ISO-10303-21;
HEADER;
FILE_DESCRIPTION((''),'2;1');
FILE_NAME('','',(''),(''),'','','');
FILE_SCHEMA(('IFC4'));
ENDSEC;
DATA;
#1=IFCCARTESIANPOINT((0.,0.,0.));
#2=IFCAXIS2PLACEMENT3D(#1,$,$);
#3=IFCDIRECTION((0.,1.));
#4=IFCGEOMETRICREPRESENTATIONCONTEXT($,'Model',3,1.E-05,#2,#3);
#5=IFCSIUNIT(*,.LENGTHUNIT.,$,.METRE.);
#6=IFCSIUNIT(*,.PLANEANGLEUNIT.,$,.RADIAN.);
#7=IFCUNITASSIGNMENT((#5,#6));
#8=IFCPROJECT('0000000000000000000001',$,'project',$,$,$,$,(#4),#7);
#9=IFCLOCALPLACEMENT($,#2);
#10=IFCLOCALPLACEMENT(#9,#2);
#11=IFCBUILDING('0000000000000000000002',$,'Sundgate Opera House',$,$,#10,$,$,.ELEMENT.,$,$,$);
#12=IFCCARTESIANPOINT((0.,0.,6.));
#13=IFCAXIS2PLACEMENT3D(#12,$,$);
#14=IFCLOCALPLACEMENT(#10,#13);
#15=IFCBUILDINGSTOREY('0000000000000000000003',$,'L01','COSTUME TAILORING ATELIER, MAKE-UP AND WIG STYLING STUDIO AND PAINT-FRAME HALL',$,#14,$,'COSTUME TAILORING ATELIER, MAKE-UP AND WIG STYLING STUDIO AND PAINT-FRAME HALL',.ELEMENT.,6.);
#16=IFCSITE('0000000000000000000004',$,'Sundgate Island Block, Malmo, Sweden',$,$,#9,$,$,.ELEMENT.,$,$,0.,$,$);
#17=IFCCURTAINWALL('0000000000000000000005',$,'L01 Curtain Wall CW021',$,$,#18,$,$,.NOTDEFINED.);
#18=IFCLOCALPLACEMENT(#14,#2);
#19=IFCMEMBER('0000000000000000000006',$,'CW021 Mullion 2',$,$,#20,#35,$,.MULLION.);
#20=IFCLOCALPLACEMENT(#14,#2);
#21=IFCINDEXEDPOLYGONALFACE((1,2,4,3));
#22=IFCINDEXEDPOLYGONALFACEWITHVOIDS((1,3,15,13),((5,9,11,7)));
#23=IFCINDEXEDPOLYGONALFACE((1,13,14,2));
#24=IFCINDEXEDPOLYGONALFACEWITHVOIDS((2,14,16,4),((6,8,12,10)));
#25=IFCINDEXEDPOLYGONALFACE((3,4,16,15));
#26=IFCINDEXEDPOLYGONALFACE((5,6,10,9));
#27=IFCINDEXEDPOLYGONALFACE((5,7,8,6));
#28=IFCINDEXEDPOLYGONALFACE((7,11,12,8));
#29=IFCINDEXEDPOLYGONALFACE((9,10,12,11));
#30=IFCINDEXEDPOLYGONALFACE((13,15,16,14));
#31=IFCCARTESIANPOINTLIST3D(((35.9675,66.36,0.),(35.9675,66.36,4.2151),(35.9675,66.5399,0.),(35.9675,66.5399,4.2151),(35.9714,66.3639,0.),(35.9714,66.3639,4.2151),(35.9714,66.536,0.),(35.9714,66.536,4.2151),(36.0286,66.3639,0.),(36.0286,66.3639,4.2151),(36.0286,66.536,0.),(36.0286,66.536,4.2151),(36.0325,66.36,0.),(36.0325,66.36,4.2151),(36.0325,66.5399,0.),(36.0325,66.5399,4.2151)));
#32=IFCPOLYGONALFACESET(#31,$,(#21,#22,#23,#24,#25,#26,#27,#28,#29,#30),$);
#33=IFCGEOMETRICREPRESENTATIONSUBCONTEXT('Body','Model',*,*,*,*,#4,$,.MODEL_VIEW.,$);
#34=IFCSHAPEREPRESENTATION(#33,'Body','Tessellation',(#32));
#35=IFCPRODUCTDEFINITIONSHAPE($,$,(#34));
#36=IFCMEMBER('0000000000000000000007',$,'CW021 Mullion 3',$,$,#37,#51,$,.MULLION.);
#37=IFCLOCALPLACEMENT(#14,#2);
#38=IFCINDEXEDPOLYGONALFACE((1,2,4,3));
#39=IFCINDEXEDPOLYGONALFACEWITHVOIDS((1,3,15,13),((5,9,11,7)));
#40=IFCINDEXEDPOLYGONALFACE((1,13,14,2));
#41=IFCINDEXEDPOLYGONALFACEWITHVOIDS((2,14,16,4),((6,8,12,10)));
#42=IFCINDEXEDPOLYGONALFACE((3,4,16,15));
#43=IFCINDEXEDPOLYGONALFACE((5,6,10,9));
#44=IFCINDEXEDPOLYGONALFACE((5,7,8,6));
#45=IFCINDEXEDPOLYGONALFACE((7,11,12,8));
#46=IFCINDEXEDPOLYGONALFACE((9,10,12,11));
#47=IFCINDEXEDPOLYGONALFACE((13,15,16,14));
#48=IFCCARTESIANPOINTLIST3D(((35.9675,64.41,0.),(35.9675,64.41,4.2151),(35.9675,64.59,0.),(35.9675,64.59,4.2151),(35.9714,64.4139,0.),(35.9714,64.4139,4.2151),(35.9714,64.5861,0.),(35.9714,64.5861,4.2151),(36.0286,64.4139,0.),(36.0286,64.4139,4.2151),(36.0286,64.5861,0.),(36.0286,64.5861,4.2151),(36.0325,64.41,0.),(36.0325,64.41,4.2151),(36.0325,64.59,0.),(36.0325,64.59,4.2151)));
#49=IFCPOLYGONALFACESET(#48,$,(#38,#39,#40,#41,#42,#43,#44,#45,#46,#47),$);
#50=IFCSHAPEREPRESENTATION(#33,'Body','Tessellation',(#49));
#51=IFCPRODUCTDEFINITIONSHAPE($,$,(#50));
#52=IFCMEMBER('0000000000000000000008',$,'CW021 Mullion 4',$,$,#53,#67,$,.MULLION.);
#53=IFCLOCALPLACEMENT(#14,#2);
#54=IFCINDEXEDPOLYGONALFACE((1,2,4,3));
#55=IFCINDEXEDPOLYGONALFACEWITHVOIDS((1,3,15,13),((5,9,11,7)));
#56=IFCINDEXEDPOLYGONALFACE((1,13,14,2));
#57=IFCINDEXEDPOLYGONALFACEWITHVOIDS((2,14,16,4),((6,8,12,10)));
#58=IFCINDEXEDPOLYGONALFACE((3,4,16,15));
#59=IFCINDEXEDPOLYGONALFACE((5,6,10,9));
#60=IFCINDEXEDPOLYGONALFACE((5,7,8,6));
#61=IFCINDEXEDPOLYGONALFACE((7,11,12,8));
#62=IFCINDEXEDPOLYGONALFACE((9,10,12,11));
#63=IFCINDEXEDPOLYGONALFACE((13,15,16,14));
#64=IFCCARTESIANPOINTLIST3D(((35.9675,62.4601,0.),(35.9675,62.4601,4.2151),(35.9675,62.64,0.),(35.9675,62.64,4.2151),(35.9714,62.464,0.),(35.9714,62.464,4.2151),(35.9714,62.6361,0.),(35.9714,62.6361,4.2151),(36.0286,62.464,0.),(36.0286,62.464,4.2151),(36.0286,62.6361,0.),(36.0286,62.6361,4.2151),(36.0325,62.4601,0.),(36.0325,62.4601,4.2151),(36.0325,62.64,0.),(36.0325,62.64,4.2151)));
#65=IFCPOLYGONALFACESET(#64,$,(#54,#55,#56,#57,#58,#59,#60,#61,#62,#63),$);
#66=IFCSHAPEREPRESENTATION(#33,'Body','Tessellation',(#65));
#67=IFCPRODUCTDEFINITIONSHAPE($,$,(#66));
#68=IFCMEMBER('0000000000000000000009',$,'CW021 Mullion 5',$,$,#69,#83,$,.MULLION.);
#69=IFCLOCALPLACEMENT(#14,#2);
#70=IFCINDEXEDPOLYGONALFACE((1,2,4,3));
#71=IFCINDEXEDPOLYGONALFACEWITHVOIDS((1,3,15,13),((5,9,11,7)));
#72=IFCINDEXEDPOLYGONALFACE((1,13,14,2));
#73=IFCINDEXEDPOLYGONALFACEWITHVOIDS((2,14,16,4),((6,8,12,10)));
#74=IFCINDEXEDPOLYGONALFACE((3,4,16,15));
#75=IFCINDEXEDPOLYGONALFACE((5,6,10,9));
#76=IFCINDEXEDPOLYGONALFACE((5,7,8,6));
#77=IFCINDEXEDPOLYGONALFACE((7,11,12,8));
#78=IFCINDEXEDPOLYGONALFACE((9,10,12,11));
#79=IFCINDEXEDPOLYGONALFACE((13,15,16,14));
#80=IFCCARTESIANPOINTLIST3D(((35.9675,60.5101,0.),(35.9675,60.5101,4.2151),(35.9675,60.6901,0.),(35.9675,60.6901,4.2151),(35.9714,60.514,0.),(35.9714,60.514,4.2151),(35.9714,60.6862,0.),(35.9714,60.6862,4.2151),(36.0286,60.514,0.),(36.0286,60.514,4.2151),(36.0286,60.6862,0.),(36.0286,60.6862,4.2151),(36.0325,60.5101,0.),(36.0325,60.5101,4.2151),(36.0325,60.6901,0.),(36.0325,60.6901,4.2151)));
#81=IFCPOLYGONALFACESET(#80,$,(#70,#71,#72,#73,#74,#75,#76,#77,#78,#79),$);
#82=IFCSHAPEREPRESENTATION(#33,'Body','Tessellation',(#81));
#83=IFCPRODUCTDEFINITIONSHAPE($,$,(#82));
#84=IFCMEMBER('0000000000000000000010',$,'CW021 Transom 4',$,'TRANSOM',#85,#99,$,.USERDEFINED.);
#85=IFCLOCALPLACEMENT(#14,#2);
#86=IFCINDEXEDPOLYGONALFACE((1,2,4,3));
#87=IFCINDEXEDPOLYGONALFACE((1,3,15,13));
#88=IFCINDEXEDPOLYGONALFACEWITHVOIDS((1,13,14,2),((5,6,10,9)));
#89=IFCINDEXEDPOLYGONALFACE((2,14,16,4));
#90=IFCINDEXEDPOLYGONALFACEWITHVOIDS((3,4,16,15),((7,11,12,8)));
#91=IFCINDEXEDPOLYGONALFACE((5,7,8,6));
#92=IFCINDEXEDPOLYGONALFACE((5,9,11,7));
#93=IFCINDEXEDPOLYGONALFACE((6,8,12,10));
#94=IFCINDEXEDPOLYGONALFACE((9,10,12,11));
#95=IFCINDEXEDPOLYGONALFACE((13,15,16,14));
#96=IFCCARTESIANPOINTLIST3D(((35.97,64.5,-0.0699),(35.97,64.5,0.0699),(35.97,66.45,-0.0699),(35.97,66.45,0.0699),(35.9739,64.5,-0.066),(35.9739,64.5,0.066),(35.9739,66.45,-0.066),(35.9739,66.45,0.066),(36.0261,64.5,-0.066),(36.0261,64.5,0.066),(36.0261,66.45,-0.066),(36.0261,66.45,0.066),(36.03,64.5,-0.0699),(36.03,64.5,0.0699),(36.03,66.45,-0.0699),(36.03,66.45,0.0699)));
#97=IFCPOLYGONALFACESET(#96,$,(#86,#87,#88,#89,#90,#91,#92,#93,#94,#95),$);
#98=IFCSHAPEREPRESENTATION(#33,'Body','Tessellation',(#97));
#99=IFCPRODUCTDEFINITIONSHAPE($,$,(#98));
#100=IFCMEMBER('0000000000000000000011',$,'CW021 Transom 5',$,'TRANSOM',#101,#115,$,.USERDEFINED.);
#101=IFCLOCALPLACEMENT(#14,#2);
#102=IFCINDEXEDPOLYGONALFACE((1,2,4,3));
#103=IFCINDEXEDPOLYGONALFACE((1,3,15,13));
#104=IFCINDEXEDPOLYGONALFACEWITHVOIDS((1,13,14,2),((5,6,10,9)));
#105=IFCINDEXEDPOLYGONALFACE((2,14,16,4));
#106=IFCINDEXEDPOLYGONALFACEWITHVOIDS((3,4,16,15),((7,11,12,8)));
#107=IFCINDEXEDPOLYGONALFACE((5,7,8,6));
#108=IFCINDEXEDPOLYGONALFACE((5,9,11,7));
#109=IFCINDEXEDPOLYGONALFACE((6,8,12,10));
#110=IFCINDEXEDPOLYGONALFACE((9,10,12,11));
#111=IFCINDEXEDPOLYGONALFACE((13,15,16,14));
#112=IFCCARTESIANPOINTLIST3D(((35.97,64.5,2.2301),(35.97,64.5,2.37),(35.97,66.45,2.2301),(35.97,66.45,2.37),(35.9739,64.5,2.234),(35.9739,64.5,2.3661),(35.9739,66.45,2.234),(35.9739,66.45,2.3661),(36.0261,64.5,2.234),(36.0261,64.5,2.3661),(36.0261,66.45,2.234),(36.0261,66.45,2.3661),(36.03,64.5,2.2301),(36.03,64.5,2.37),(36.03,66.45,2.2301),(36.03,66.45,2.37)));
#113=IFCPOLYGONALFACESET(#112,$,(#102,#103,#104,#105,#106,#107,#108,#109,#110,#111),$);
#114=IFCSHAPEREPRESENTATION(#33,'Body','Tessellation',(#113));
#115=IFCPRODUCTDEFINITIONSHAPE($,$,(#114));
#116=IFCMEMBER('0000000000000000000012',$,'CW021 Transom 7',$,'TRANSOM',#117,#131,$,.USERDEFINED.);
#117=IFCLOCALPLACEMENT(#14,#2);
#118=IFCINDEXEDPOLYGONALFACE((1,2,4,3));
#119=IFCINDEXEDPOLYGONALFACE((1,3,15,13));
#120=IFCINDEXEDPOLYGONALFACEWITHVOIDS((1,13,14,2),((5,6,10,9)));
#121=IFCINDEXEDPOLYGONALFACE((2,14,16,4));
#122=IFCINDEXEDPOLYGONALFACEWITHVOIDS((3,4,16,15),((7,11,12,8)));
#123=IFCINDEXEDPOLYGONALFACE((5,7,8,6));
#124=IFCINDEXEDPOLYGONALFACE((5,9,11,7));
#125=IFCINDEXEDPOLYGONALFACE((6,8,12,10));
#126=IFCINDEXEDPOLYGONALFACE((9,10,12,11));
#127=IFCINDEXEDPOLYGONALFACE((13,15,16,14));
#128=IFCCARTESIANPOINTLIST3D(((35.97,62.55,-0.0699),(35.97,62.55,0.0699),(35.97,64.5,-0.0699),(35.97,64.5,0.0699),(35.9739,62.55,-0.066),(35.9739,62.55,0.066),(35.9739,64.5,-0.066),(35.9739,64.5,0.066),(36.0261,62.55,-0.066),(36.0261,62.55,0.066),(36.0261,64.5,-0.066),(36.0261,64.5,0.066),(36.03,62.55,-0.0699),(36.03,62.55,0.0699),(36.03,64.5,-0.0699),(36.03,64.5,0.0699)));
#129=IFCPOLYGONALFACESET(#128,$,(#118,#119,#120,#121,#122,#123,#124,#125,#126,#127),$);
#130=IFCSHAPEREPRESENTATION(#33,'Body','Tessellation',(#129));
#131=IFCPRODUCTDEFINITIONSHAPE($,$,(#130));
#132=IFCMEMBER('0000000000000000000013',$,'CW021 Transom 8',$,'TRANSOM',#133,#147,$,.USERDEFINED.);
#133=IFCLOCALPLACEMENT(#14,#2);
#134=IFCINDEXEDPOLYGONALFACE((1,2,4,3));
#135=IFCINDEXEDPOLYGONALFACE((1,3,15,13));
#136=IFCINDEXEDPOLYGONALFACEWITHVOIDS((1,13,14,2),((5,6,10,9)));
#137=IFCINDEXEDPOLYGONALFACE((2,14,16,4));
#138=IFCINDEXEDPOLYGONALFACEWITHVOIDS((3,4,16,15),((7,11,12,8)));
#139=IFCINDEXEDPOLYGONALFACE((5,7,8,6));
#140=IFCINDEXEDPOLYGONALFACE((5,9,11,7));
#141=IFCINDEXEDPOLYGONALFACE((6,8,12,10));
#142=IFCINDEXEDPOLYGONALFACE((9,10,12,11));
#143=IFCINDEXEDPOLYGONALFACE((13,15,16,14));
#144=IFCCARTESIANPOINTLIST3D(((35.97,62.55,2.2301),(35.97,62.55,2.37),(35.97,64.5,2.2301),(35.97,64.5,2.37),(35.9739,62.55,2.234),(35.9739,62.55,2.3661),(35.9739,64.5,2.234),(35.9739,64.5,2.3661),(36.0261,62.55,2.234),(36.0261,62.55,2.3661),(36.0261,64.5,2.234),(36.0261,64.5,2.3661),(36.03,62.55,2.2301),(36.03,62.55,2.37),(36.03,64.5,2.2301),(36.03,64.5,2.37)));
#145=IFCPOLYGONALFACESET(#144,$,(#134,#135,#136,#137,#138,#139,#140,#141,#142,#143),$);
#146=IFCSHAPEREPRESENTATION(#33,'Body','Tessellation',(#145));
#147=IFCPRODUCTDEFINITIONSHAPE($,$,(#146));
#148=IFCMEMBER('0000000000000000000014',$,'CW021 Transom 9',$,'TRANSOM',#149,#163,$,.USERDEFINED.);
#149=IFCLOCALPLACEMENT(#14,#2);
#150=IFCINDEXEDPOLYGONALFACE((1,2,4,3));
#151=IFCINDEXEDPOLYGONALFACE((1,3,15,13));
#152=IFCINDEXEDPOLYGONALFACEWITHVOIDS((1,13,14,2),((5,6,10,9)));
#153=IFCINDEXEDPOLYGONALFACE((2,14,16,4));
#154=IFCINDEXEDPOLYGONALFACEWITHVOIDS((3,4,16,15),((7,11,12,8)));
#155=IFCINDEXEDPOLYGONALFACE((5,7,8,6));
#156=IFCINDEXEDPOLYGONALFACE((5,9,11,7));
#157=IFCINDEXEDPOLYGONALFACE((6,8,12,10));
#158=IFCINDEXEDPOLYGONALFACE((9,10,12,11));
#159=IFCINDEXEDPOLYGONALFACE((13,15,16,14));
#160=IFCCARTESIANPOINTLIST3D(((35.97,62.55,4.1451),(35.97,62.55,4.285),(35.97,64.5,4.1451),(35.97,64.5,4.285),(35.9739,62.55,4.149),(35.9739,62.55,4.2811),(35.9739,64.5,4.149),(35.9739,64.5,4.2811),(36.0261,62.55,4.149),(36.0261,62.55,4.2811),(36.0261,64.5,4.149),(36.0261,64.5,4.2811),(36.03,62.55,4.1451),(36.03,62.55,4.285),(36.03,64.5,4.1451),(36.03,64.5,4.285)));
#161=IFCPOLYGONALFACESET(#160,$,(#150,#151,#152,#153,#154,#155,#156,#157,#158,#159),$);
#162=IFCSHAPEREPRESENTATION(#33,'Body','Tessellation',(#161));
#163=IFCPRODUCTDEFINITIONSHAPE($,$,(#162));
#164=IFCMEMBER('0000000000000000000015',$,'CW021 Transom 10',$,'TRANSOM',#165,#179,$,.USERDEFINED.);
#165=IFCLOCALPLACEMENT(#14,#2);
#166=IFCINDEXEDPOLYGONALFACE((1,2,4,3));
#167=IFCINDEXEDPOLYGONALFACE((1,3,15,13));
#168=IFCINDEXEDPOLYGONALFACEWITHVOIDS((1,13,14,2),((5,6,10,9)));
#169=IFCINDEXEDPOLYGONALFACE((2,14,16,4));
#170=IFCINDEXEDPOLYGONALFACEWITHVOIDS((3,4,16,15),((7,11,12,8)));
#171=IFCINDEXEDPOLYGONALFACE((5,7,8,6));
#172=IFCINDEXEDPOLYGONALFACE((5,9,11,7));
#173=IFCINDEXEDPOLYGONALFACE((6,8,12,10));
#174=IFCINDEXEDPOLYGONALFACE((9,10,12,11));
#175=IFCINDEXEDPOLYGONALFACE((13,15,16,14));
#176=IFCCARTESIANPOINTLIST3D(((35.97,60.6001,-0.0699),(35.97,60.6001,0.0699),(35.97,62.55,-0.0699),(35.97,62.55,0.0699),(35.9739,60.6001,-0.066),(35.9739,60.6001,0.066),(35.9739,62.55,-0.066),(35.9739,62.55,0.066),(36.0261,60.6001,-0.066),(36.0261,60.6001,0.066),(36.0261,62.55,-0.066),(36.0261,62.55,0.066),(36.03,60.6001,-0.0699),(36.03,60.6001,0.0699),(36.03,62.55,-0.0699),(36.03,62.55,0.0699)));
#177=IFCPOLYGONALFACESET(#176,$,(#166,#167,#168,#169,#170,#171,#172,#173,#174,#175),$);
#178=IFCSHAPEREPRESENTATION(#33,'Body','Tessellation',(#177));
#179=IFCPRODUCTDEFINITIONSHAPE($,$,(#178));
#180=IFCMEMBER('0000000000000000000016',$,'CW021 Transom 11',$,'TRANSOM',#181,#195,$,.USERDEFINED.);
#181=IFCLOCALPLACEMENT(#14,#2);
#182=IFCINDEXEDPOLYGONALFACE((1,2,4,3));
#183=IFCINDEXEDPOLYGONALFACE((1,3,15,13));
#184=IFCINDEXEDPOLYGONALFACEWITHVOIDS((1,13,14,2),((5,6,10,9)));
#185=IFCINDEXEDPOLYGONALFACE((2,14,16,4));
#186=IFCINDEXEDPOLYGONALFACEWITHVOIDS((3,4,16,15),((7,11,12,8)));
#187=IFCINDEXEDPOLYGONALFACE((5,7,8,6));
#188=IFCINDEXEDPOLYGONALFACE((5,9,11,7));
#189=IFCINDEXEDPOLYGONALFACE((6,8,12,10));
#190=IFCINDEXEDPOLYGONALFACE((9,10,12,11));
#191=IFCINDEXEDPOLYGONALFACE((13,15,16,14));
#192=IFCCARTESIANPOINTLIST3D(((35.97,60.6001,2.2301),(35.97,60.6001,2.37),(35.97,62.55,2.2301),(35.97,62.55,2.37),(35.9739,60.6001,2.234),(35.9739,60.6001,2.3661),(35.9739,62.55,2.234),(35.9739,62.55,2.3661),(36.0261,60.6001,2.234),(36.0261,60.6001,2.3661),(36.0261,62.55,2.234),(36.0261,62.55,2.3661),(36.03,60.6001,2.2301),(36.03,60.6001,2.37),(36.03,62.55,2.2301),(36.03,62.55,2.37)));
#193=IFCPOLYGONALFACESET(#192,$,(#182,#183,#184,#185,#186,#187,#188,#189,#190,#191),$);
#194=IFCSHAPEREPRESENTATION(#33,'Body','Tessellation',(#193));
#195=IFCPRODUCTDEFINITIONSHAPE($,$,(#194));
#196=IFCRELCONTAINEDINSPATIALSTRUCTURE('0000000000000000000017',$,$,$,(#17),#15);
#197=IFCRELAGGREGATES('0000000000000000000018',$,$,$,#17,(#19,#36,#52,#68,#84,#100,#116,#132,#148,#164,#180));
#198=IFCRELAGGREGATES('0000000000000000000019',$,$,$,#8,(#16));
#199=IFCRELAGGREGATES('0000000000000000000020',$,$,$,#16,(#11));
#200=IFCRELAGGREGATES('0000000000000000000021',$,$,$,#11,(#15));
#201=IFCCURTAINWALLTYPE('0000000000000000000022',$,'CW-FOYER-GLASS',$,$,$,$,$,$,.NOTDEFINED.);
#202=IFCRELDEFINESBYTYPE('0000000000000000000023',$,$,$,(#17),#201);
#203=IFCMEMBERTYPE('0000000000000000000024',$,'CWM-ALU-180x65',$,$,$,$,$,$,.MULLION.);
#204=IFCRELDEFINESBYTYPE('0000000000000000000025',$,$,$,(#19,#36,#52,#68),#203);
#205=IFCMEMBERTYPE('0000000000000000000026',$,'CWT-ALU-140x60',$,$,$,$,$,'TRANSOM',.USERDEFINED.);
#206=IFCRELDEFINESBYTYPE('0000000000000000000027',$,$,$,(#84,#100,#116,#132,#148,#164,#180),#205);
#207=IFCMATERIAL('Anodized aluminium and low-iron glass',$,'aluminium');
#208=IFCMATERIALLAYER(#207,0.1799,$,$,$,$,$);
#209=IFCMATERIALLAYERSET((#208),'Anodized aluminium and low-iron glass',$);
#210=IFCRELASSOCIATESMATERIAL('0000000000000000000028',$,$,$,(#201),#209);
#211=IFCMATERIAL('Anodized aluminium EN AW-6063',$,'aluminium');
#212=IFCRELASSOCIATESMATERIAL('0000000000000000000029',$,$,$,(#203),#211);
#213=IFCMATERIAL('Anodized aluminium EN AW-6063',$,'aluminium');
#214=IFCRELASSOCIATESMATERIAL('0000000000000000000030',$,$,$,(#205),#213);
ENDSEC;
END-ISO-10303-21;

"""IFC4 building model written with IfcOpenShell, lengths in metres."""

from ifc_helpers import new_model, si_unit, direction, frame, origin, origin_2d, place, context, subcontext, project, spatial, hollow_rectangle, extrude, material, layer, layer_set, material_profile, profile_set, type_object, element, aggregate, save


model = new_model("IFC4")

# Units and contexts
model_context = context("Model", 3, precision=1e-05, world=origin(), true_north=direction((0.0, 1.0)))
body_context = subcontext(model_context, "Body", "Model", "MODEL_VIEW")
ifc_project = project(units=[si_unit("LENGTHUNIT", "METRE"), si_unit("PLANEANGLEUNIT", "RADIAN")], contexts=[model_context])

# Site, building, storey
site_placement = place(None, origin())
site = spatial("IfcSite", under=ifc_project, at=site_placement, Name="Sundgate Island Block, Malmo, Sweden", CompositionType="ELEMENT", RefElevation=0.0)
building_placement = place(site_placement, origin())
building = spatial("IfcBuilding", under=site, at=building_placement, Name="Sundgate Opera House", CompositionType="ELEMENT")
storey_placement = place(building_placement, frame((0.0, 0.0, 6.0)))
storey = spatial("IfcBuildingStorey", under=building, at=storey_placement, Name="L01", Description="COSTUME TAILORING ATELIER, MAKE-UP AND WIG STYLING STUDIO AND PAINT-FRAME HALL", LongName="COSTUME TAILORING ATELIER, MAKE-UP AND WIG STYLING STUDIO AND PAINT-FRAME HALL", CompositionType="ELEMENT", Elevation=6.0)

# Curtain wall, members
ifc_material_1 = material(Name="Anodized aluminium and low-iron glass", Category="aluminium")
ifc_layer_1 = layer(ifc_material_1, 0.1799)
ifc_layer_set_1 = layer_set([ifc_layer_1], Name="Anodized aluminium and low-iron glass")
curtain_wall_type = type_object("IfcCurtainWallType", Name="CW-FOYER-GLASS", PredefinedType="NOTDEFINED", material=ifc_layer_set_1)
curtain_wall_placement = place(storey_placement, origin())
curtain_wall = element("IfcCurtainWall", 1, at=curtain_wall_placement, inside=storey, type_object=curtain_wall_type, Name="L01 Curtain Wall CW021", PredefinedType="NOTDEFINED")
ifc_material_2 = material(Name="Anodized aluminium EN AW-6063", Category="aluminium")
ifc_material_profile_1 = material_profile(ifc_material_2, hollow_rectangle(XDim=0.0649, YDim=0.1799, WallThickness=0.0039, at=origin_2d()), Name="CWM 180x65x4")
ifc_profile_set_1 = profile_set([ifc_material_profile_1], Name="Anodized aluminium EN AW-6063")
member_type_1 = type_object("IfcMemberType", Name="CWM-ALU-180x65", PredefinedType="MULLION", material=ifc_profile_set_1)
member_1_placement = place(storey_placement, frame((36.0, 66.45, 0.0), z_axis=(0.0, 0.0, 1.0), x_axis=(1.0, 0.0, 0.0)))
member_1 = element("IfcMember", 2, at=member_1_placement, type_object=member_type_1, Name="CW021 Mullion 2", PredefinedType="MULLION", context=body_context, shape_type="SweptSolid", body=[
    extrude(hollow_rectangle(XDim=0.0649, YDim=0.1799, WallThickness=0.0039, at=origin_2d()), origin(), (0.0, 0.0, 1.0), 4.2151),
])
member_2_placement = place(storey_placement, frame((36.0, 64.5, 0.0), z_axis=(0.0, 0.0, 1.0), x_axis=(1.0, 0.0, 0.0)))
member_2 = element("IfcMember", 3, at=member_2_placement, type_object=member_type_1, Name="CW021 Mullion 3", PredefinedType="MULLION", context=body_context, shape_type="SweptSolid", body=[
    extrude(hollow_rectangle(XDim=0.0649, YDim=0.1799, WallThickness=0.0039, at=origin_2d()), origin(), (0.0, 0.0, 1.0), 4.2151),
])
member_3_placement = place(storey_placement, frame((36.0, 62.55, 0.0), z_axis=(0.0, 0.0, 1.0), x_axis=(1.0, 0.0, 0.0)))
member_3 = element("IfcMember", 4, at=member_3_placement, type_object=member_type_1, Name="CW021 Mullion 4", PredefinedType="MULLION", context=body_context, shape_type="SweptSolid", body=[
    extrude(hollow_rectangle(XDim=0.0649, YDim=0.1799, WallThickness=0.0039, at=origin_2d()), origin(), (0.0, 0.0, 1.0), 4.2151),
])
member_4_placement = place(storey_placement, frame((36.0, 60.6001, 0.0), z_axis=(0.0, 0.0, 1.0), x_axis=(1.0, 0.0, 0.0)))
member_4 = element("IfcMember", 5, at=member_4_placement, type_object=member_type_1, Name="CW021 Mullion 5", PredefinedType="MULLION", context=body_context, shape_type="SweptSolid", body=[
    extrude(hollow_rectangle(XDim=0.0649, YDim=0.1799, WallThickness=0.0039, at=origin_2d()), origin(), (0.0, 0.0, 1.0), 4.2151),
])
ifc_material_3 = material(Name="Anodized aluminium EN AW-6063", Category="aluminium")
ifc_material_profile_2 = material_profile(ifc_material_3, hollow_rectangle(XDim=0.0601, YDim=0.1399, WallThickness=0.0039, at=origin_2d()), Name="CWT 140x60x4")
ifc_profile_set_2 = profile_set([ifc_material_profile_2], Name="Anodized aluminium EN AW-6063")
member_type_2 = type_object("IfcMemberType", Name="CWT-ALU-140x60", ElementType="TRANSOM", PredefinedType="USERDEFINED", material=ifc_profile_set_2)
member_5_placement = place(storey_placement, frame((36.0, 66.45, 0.0), z_axis=(0.0, -1.0, 0.0), x_axis=(1.0, 0.0, 0.0)))
member_5 = element("IfcMember", 6, at=member_5_placement, type_object=member_type_2, Name="CW021 Transom 4", ObjectType="TRANSOM", PredefinedType="USERDEFINED", context=body_context, shape_type="SweptSolid", body=[
    extrude(hollow_rectangle(XDim=0.0601, YDim=0.1399, WallThickness=0.0039, at=origin_2d()), origin(), (0.0, 0.0, 1.0), 1.95),
])
member_6_placement = place(storey_placement, frame((36.0, 66.45, 2.3), z_axis=(0.0, -1.0, 0.0), x_axis=(1.0, 0.0, 0.0)))
member_6 = element("IfcMember", 7, at=member_6_placement, type_object=member_type_2, Name="CW021 Transom 5", ObjectType="TRANSOM", PredefinedType="USERDEFINED", context=body_context, shape_type="SweptSolid", body=[
    extrude(hollow_rectangle(XDim=0.0601, YDim=0.1399, WallThickness=0.0039, at=origin_2d()), origin(), (0.0, 0.0, 1.0), 1.95),
])
member_7_placement = place(storey_placement, frame((36.0, 64.5, 0.0), z_axis=(0.0, -1.0, 0.0), x_axis=(1.0, 0.0, 0.0)))
member_7 = element("IfcMember", 8, at=member_7_placement, type_object=member_type_2, Name="CW021 Transom 7", ObjectType="TRANSOM", PredefinedType="USERDEFINED", context=body_context, shape_type="SweptSolid", body=[
    extrude(hollow_rectangle(XDim=0.0601, YDim=0.1399, WallThickness=0.0039, at=origin_2d()), origin(), (0.0, 0.0, 1.0), 1.95),
])
member_8_placement = place(storey_placement, frame((36.0, 64.5, 2.3), z_axis=(0.0, -1.0, 0.0), x_axis=(1.0, 0.0, 0.0)))
member_8 = element("IfcMember", 9, at=member_8_placement, type_object=member_type_2, Name="CW021 Transom 8", ObjectType="TRANSOM", PredefinedType="USERDEFINED", context=body_context, shape_type="SweptSolid", body=[
    extrude(hollow_rectangle(XDim=0.0601, YDim=0.1399, WallThickness=0.0039, at=origin_2d()), origin(), (0.0, 0.0, 1.0), 1.95),
])
member_9_placement = place(storey_placement, frame((36.0, 64.5, 4.2151), z_axis=(0.0, -1.0, 0.0), x_axis=(1.0, 0.0, 0.0)))
member_9 = element("IfcMember", 10, at=member_9_placement, type_object=member_type_2, Name="CW021 Transom 9", ObjectType="TRANSOM", PredefinedType="USERDEFINED", context=body_context, shape_type="SweptSolid", body=[
    extrude(hollow_rectangle(XDim=0.0601, YDim=0.1399, WallThickness=0.0039, at=origin_2d()), origin(), (0.0, 0.0, 1.0), 1.95),
])
member_10_placement = place(storey_placement, frame((36.0, 62.55, 0.0), z_axis=(0.0, -1.0, 0.0), x_axis=(1.0, 0.0, 0.0)))
member_10 = element("IfcMember", 11, at=member_10_placement, type_object=member_type_2, Name="CW021 Transom 10", ObjectType="TRANSOM", PredefinedType="USERDEFINED", context=body_context, shape_type="SweptSolid", body=[
    extrude(hollow_rectangle(XDim=0.0601, YDim=0.1399, WallThickness=0.0039, at=origin_2d()), origin(), (0.0, 0.0, 1.0), 1.95),
])
member_11_placement = place(storey_placement, frame((36.0, 62.55, 2.3), z_axis=(0.0, -1.0, 0.0), x_axis=(1.0, 0.0, 0.0)))
member_11 = element("IfcMember", 12, at=member_11_placement, type_object=member_type_2, Name="CW021 Transom 11", ObjectType="TRANSOM", PredefinedType="USERDEFINED", context=body_context, shape_type="SweptSolid", body=[
    extrude(hollow_rectangle(XDim=0.0601, YDim=0.1399, WallThickness=0.0039, at=origin_2d()), origin(), (0.0, 0.0, 1.0), 1.95),
])
aggregate(curtain_wall, [member_1, member_2, member_3, member_4, member_5, member_6, member_7, member_8, member_9, member_10, member_11])

save(model, "model.ifc")
